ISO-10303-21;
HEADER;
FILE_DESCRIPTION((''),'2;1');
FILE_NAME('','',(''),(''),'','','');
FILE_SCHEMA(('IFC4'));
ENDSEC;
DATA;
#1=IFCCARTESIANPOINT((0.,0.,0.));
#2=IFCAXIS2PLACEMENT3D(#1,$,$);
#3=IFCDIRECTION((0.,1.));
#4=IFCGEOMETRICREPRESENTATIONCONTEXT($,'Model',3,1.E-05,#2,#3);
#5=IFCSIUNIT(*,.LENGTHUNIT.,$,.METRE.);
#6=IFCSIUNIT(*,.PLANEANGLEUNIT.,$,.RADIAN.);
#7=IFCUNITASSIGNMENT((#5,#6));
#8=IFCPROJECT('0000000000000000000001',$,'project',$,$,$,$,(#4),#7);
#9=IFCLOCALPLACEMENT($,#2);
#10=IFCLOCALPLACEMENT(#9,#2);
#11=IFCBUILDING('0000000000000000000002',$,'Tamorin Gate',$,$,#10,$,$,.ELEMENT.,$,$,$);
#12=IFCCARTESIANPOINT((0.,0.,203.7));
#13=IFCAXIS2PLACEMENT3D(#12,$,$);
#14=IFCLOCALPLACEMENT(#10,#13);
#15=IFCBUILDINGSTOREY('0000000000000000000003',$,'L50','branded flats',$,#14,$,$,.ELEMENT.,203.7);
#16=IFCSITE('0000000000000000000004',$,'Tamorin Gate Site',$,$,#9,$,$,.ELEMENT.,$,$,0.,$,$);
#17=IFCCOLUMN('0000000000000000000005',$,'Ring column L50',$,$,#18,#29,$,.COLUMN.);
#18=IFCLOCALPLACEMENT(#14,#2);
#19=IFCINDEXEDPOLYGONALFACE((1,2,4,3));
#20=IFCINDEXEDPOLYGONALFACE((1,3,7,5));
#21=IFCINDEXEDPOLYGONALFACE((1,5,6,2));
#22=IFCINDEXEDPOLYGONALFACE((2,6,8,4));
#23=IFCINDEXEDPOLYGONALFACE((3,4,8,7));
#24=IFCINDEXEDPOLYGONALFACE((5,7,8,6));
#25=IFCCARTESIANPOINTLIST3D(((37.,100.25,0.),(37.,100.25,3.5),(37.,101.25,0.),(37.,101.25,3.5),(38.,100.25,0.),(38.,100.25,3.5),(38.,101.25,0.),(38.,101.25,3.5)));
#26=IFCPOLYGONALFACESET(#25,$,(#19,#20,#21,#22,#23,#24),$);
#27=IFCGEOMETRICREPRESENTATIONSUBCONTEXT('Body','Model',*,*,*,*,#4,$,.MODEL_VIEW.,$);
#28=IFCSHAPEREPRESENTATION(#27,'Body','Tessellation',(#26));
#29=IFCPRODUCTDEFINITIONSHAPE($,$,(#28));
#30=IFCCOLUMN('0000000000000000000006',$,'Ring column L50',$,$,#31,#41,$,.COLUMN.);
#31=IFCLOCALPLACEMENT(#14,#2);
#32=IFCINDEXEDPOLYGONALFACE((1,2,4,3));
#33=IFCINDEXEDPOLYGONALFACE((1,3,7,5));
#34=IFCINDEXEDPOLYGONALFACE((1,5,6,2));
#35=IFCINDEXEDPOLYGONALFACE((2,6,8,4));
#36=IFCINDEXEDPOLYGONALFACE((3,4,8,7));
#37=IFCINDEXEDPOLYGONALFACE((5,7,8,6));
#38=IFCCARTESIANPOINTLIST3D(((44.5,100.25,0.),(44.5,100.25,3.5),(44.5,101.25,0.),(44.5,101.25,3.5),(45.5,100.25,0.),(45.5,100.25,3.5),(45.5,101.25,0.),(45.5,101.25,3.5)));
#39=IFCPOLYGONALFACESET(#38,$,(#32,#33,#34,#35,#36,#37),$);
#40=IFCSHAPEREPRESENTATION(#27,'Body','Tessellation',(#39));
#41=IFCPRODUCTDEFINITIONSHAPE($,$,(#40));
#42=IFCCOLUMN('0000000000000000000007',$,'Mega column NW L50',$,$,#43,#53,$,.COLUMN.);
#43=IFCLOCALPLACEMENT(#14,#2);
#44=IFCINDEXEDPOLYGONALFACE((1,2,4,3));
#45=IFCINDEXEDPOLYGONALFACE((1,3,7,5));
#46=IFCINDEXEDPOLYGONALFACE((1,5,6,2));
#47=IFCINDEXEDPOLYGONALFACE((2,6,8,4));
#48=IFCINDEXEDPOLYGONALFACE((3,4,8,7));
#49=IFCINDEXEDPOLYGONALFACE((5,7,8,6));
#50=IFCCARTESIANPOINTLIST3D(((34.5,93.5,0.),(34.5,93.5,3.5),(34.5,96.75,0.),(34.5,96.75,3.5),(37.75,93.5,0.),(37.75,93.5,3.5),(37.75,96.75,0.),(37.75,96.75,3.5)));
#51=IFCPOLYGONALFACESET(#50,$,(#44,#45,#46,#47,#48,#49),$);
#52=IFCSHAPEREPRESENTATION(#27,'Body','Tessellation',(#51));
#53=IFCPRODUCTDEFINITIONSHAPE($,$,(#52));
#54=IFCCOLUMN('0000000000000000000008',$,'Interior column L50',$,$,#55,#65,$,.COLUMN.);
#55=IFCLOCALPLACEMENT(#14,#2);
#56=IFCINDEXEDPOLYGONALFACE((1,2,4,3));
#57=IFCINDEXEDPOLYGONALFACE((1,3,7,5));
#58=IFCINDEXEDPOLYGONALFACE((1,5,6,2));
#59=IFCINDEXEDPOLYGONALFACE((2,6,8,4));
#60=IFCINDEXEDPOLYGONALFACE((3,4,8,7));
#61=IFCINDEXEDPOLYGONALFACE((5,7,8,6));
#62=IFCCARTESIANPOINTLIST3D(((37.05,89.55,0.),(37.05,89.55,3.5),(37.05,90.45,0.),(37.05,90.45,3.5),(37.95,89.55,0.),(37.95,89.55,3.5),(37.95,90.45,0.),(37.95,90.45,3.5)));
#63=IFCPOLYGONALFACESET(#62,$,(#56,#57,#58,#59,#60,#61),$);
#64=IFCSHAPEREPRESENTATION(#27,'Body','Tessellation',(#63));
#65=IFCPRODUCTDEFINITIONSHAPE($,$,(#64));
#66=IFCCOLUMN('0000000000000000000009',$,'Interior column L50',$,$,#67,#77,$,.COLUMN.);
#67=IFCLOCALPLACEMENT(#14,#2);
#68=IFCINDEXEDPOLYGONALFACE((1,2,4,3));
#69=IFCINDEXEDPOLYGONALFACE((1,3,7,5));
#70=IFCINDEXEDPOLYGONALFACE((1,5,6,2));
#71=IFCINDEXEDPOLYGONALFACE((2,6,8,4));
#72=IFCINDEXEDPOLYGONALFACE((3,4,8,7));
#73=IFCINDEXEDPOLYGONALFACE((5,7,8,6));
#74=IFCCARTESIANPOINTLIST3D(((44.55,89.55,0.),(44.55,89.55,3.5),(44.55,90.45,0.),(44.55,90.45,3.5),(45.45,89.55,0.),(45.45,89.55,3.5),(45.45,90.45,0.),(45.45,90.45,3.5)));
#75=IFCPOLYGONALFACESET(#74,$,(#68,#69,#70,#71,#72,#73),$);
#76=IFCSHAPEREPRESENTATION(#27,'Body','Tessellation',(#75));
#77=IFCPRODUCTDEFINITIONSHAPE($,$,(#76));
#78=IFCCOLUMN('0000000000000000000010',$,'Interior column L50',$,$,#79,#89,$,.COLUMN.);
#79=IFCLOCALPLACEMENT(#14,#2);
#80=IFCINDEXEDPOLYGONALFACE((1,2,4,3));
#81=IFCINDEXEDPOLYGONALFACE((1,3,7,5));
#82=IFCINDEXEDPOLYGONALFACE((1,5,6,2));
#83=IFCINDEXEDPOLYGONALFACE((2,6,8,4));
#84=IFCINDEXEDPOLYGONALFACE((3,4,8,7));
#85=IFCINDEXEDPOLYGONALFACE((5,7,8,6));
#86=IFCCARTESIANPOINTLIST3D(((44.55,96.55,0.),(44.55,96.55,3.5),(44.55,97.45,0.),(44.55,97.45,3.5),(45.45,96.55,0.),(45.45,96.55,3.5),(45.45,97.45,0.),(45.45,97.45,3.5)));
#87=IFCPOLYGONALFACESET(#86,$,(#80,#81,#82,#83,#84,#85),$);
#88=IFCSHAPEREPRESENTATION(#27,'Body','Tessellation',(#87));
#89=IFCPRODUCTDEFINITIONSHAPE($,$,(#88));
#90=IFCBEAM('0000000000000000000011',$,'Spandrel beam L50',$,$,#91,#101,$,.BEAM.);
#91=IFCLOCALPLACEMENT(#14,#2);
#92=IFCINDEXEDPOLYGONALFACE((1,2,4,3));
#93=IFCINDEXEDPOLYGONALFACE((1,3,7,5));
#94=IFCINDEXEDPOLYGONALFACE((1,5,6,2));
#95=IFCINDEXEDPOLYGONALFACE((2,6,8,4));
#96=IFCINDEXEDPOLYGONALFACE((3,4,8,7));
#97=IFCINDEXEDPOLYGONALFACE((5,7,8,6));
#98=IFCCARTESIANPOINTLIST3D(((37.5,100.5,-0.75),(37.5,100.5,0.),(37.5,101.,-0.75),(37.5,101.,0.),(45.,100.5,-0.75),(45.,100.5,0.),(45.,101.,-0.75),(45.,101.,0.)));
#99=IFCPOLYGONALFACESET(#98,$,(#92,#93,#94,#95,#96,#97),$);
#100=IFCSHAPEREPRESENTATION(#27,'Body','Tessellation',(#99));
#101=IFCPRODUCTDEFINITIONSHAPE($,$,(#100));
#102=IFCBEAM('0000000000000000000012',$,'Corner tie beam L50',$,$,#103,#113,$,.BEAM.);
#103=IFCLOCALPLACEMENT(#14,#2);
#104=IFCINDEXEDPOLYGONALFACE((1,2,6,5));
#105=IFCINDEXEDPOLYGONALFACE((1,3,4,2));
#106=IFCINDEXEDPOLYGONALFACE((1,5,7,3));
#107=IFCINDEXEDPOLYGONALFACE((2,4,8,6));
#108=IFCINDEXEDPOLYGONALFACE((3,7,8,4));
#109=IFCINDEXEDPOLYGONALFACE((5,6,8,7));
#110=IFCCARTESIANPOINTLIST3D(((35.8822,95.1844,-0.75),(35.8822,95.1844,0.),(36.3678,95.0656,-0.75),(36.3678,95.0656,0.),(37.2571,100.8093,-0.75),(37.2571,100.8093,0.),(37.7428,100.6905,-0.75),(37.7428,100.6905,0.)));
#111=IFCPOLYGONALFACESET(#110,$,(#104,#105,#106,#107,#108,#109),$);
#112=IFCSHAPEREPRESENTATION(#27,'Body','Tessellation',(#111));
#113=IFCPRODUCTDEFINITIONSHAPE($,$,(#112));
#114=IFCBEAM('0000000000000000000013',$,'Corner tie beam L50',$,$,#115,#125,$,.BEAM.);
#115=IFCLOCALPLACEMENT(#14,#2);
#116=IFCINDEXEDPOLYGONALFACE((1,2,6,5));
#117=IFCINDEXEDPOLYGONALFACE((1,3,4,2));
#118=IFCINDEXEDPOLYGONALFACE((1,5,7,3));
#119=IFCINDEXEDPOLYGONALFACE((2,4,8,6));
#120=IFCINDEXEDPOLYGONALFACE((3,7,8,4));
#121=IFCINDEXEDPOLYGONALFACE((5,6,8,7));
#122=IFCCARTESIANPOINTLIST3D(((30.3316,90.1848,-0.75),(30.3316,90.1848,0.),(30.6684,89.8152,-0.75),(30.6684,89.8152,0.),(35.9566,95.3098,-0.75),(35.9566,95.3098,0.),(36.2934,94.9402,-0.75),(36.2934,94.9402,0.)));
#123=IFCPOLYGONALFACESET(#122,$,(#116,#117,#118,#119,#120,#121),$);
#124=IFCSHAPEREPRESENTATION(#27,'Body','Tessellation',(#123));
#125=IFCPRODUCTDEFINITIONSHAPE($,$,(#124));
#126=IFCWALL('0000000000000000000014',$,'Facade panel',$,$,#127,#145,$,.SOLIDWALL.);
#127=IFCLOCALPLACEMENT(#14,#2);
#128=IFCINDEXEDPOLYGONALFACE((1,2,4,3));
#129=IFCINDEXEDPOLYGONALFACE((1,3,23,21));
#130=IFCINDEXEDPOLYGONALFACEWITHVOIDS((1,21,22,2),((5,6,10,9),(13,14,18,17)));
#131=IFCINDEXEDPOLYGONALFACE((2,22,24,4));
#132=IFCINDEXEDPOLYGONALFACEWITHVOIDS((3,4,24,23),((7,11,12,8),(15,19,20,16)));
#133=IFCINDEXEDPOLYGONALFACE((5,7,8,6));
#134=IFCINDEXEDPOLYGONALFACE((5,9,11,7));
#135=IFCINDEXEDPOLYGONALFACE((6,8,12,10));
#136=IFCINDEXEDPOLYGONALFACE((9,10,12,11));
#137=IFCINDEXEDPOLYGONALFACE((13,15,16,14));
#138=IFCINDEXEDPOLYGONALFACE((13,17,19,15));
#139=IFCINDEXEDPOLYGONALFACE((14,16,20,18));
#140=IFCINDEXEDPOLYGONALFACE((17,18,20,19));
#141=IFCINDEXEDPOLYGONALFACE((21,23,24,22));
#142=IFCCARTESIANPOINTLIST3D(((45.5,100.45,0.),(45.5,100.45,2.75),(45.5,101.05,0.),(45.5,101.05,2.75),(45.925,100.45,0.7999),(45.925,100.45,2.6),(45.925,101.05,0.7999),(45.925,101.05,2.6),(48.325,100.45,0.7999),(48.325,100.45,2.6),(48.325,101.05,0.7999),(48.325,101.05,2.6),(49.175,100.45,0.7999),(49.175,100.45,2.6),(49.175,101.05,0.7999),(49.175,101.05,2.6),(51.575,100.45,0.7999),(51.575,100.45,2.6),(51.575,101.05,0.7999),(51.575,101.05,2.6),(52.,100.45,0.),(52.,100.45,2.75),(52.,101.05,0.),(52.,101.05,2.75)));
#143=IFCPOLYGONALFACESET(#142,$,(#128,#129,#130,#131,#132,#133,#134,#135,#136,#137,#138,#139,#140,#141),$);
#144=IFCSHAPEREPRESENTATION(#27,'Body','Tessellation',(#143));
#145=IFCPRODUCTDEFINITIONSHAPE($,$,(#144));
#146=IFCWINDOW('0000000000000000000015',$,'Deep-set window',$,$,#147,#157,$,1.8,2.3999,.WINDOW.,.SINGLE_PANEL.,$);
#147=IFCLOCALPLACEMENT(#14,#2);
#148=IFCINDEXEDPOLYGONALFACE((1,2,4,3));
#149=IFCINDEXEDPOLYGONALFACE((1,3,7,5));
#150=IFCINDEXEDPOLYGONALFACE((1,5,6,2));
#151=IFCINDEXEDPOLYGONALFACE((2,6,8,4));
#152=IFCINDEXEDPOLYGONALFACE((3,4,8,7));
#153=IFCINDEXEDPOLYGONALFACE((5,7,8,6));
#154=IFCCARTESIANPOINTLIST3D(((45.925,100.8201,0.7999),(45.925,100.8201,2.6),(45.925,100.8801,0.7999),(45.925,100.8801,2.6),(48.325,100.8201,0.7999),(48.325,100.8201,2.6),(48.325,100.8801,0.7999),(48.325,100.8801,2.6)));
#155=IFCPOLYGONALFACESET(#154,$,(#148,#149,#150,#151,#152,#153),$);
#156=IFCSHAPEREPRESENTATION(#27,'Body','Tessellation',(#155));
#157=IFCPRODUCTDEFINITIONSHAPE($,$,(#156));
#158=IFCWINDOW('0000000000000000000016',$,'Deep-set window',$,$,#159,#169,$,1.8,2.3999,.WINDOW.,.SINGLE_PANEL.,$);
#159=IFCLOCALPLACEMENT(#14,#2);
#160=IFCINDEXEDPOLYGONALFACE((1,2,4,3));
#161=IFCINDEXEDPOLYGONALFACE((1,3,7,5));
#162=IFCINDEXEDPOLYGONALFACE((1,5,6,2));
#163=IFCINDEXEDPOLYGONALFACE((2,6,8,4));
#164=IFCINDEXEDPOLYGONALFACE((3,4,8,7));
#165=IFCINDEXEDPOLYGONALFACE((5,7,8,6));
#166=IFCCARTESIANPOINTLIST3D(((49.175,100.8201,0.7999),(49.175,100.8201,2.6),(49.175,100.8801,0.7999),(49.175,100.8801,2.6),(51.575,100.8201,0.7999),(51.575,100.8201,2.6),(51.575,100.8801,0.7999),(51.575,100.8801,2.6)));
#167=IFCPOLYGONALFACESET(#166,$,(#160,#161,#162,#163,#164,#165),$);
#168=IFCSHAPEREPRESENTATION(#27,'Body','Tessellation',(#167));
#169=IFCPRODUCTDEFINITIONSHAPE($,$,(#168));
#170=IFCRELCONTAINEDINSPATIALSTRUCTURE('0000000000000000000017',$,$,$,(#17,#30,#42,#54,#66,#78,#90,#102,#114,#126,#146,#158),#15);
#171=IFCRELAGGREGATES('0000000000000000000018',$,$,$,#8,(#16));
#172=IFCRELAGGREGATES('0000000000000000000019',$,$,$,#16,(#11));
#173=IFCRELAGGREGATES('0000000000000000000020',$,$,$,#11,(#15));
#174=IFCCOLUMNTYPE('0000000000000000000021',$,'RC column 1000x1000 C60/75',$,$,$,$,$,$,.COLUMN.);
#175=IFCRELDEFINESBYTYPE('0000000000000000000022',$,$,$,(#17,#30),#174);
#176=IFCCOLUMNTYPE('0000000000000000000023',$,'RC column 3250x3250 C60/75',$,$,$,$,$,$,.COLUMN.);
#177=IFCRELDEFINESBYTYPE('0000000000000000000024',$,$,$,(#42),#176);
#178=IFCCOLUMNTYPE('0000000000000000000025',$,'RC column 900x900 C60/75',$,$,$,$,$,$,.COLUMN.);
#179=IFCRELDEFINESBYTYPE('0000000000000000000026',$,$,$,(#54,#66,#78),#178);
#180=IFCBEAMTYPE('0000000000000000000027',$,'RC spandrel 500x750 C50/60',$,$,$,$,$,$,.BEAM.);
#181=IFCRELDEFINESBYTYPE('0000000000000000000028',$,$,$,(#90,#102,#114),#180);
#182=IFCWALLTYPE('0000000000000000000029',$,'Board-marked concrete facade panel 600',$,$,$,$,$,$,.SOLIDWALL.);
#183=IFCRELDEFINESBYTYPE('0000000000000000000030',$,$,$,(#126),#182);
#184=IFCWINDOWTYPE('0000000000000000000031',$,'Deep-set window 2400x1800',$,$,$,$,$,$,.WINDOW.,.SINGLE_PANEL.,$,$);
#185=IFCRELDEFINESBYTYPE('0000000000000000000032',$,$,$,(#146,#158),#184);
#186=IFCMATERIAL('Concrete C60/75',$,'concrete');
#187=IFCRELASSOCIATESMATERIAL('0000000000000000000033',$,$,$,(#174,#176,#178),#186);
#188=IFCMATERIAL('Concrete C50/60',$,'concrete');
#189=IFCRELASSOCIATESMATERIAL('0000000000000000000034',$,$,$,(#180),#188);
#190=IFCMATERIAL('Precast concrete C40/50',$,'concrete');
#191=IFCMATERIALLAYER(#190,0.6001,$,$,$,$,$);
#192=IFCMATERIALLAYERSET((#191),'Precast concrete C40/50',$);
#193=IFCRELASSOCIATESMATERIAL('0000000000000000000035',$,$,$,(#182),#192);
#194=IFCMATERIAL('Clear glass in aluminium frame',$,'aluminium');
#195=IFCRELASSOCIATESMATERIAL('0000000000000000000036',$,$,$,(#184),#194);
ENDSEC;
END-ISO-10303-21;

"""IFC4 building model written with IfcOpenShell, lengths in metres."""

from ifc_helpers import new_model, si_unit, direction, frame, frame_2d, origin, origin_2d, place, context, subcontext, project, spatial, rectangle, extrude, material, layer, layer_set, material_profile, profile_set, type_object, element, fill, save


model = new_model("IFC4")

# Units and contexts
model_context = context("Model", 3, precision=1e-05, world=origin(), true_north=direction((0.0, 1.0)))
body_context = subcontext(model_context, "Body", "Model", "MODEL_VIEW")
ifc_project = project(units=[si_unit("LENGTHUNIT", "METRE"), si_unit("PLANEANGLEUNIT", "RADIAN")], contexts=[model_context])

# Site, building, storey
site_placement = place(None, origin())
site = spatial("IfcSite", under=ifc_project, at=site_placement, Name="Tamorin Gate Site", CompositionType="ELEMENT", RefElevation=0.0)
building_placement = place(site_placement, origin())
building = spatial("IfcBuilding", under=site, at=building_placement, Name="Tamorin Gate", CompositionType="ELEMENT")
storey_placement = place(building_placement, frame((0.0, 0.0, 203.7)))
storey = spatial("IfcBuildingStorey", under=building, at=storey_placement, Name="L50", Description="branded flats", CompositionType="ELEMENT", Elevation=203.7)

# Columns
ifc_material_1 = material(Name="Concrete C60/75", Category="concrete")
ifc_material_profile_1 = material_profile(ifc_material_1, rectangle(XDim=1.0, YDim=1.0, at=origin_2d()), Name="RC 1000x1000")
ifc_profile_set_1 = profile_set([ifc_material_profile_1], Name="Concrete C60/75")
column_type_1 = type_object("IfcColumnType", Name="RC column 1000x1000 C60/75", PredefinedType="COLUMN", material=ifc_profile_set_1)
for number, where, z_axis, x_axis, name in (
    (1, (37.5, 100.75, 0.0), (0.0, 0.0, 1.0), (1.0, 0.0, 0.0), "Ring column L50"),
    (2, (45.0, 100.75, 0.0), (0.0, 0.0, 1.0), (1.0, 0.0, 0.0), "Ring column L50"),
):
    element("IfcColumn", number, at=place(storey_placement, frame(where, z_axis=z_axis, x_axis=x_axis)), inside=storey, type_object=column_type_1, Name=name, PredefinedType="COLUMN", context=body_context, shape_type="SweptSolid", body=[
        extrude(rectangle(XDim=1.0, YDim=1.0, at=origin_2d()), origin(), (0.0, 0.0, 1.0), 3.5),
    ])
ifc_material_profile_2 = material_profile(ifc_material_1, rectangle(XDim=3.25, YDim=3.25, at=origin_2d()), Name="RC 3250x3250")
ifc_profile_set_2 = profile_set([ifc_material_profile_2], Name="Concrete C60/75")
column_type_2 = type_object("IfcColumnType", Name="RC column 3250x3250 C60/75", PredefinedType="COLUMN", material=ifc_profile_set_2)
column_placement = place(storey_placement, frame((36.125, 95.125, 0.0), z_axis=(0.0, 0.0, 1.0), x_axis=(1.0, 0.0, 0.0)))
element("IfcColumn", 3, at=column_placement, inside=storey, type_object=column_type_2, Name="Mega column NW L50", PredefinedType="COLUMN", context=body_context, shape_type="SweptSolid", body=[
    extrude(rectangle(XDim=3.25, YDim=3.25, at=origin_2d()), origin(), (0.0, 0.0, 1.0), 3.5),
])
ifc_material_profile_3 = material_profile(ifc_material_1, rectangle(XDim=0.8999, YDim=0.8999, at=origin_2d()), Name="RC 900x900")
ifc_profile_set_3 = profile_set([ifc_material_profile_3], Name="Concrete C60/75")
column_type_3 = type_object("IfcColumnType", Name="RC column 900x900 C60/75", PredefinedType="COLUMN", material=ifc_profile_set_3)
for number, where, z_axis, x_axis, name in (
    (4, (37.5, 90.0, 0.0), (0.0, 0.0, 1.0), (1.0, 0.0, 0.0), "Interior column L50"),
    (5, (45.0, 90.0, 0.0), (0.0, 0.0, 1.0), (1.0, 0.0, 0.0), "Interior column L50"),
    (6, (45.0, 97.0, 0.0), (0.0, 0.0, 1.0), (1.0, 0.0, 0.0), "Interior column L50"),
):
    element("IfcColumn", number, at=place(storey_placement, frame(where, z_axis=z_axis, x_axis=x_axis)), inside=storey, type_object=column_type_3, Name=name, PredefinedType="COLUMN", context=body_context, shape_type="SweptSolid", body=[
        extrude(rectangle(XDim=0.8999, YDim=0.8999, at=origin_2d()), origin(), (0.0, 0.0, 1.0), 3.5),
    ])

# Beams
ifc_material_2 = material(Name="Concrete C50/60", Category="concrete")
ifc_material_profile_4 = material_profile(ifc_material_2, rectangle(XDim=0.5, YDim=0.75, at=origin_2d()), Name="RC 500x750")
ifc_profile_set_4 = profile_set([ifc_material_profile_4], Name="Concrete C50/60")
beam_type = type_object("IfcBeamType", Name="RC spandrel 500x750 C50/60", PredefinedType="BEAM", material=ifc_profile_set_4)
beam_1_placement = place(storey_placement, frame((45.0, 100.75, -0.375), z_axis=(-1.0, 0.0, 0.0), x_axis=(0.0, -1.0, 0.0)))
element("IfcBeam", 7, at=beam_1_placement, inside=storey, type_object=beam_type, Name="Spandrel beam L50", PredefinedType="BEAM", context=body_context, shape_type="SweptSolid", body=[
    extrude(rectangle(XDim=0.5, YDim=0.75, at=origin_2d()), origin(), (0.0, 0.0, 1.0), 7.5),
])
beam_2_placement = place(storey_placement, frame((36.125, 95.125, -0.375), z_axis=(0.237453, 0.971399, 0.0), x_axis=(-0.971399, 0.237453, 0.0)))
element("IfcBeam", 8, at=beam_2_placement, inside=storey, type_object=beam_type, Name="Corner tie beam L50", PredefinedType="BEAM", context=body_context, shape_type="SweptSolid", body=[
    extrude(rectangle(XDim=0.5, YDim=0.75, at=origin_2d()), origin(), (0.0, 0.0, 1.0), 5.7905),
])
beam_3_placement = place(storey_placement, frame((36.125, 95.125, -0.375), z_axis=(-0.739196, -0.67349, 0.0), x_axis=(0.67349, -0.739196, 0.0)))
element("IfcBeam", 9, at=beam_3_placement, inside=storey, type_object=beam_type, Name="Corner tie beam L50", PredefinedType="BEAM", context=body_context, shape_type="SweptSolid", body=[
    extrude(rectangle(XDim=0.5, YDim=0.75, at=origin_2d()), origin(), (0.0, 0.0, 1.0), 7.6096),
])

# Wall, openings, windows
ifc_material_3 = material(Name="Precast concrete C40/50", Category="concrete")
ifc_layer_1 = layer(ifc_material_3, 0.6001)
ifc_layer_set_1 = layer_set([ifc_layer_1], Name="Precast concrete C40/50")
wall_type_1 = type_object("IfcWallType", Name="Board-marked concrete facade panel 600", PredefinedType="SOLIDWALL", material=ifc_layer_set_1)
wall_1_placement = place(storey_placement, frame((52.0, 100.75, 0.0), z_axis=(0.0, 0.0, 1.0), x_axis=(-1.0, 0.0, 0.0)))
wall_1 = element("IfcWall", 10, at=wall_1_placement, inside=storey, type_object=wall_type_1, Name="Facade panel", PredefinedType="SOLIDWALL", context=body_context, shape_type="SweptSolid", body=[
    extrude(rectangle(XDim=6.5, YDim=0.6001, at=frame_2d((3.25, 0.0))), origin(), (0.0, 0.0, 1.0), 2.75),
])
opening_1_placement = place(wall_1_placement, frame((3.675, 0.0, 0.8)))
opening_1 = element("IfcOpeningElement", 11, at=opening_1_placement, cuts=wall_1, PredefinedType="OPENING", context=body_context, shape_type="SweptSolid", body=[
    extrude(rectangle(XDim=2.3999, YDim=1.8, at=frame_2d((1.2, 0.8999))), frame((0.0, 0.3101, 0.0), z_axis=(0.0, -1.0, 0.0), x_axis=(1.0, 0.0, 0.0)), (0.0, 0.0, 1.0), 0.6201),
])
opening_2_placement = place(wall_1_placement, frame((0.425, 0.0, 0.8)))
opening_2 = element("IfcOpeningElement", 12, at=opening_2_placement, cuts=wall_1, PredefinedType="OPENING", context=body_context, shape_type="SweptSolid", body=[
    extrude(rectangle(XDim=2.3999, YDim=1.8, at=frame_2d((1.2, 0.8999))), frame((0.0, 0.3101, 0.0), z_axis=(0.0, -1.0, 0.0), x_axis=(1.0, 0.0, 0.0)), (0.0, 0.0, 1.0), 0.6201),
])
ifc_material_4 = material(Name="Clear glass in aluminium frame", Category="aluminium")
window_type_1 = type_object("IfcWindowType", Name="Deep-set window 2400x1800", PartitioningType="SINGLE_PANEL", PredefinedType="WINDOW", material=ifc_material_4)
window_1_placement = place(opening_1_placement, origin())
window_1 = element("IfcWindow", 13, at=window_1_placement, inside=storey, type_object=window_type_1, Name="Deep-set window", OverallHeight=1.8, OverallWidth=2.3999, PartitioningType="SINGLE_PANEL", PredefinedType="WINDOW", context=body_context, shape_type="SweptSolid", body=[
    extrude(rectangle(XDim=2.3999, YDim=1.8, at=frame_2d((1.2, 0.8999))), frame((0.0, -0.0701, 0.0), z_axis=(0.0, -1.0, 0.0), x_axis=(1.0, 0.0, 0.0)), (0.0, 0.0, 1.0), 0.0601),
])
fill(opening_1, window_1)
window_2_placement = place(opening_2_placement, origin())
window_2 = element("IfcWindow", 14, at=window_2_placement, inside=storey, type_object=window_type_1, Name="Deep-set window", OverallHeight=1.8, OverallWidth=2.3999, PartitioningType="SINGLE_PANEL", PredefinedType="WINDOW", context=body_context, shape_type="SweptSolid", body=[
    extrude(rectangle(XDim=2.3999, YDim=1.8, at=frame_2d((1.2, 0.8999))), frame((0.0, -0.0701, 0.0), z_axis=(0.0, -1.0, 0.0), x_axis=(1.0, 0.0, 0.0)), (0.0, 0.0, 1.0), 0.0601),
])
fill(opening_2, window_2)

save(model, "model.ifc")
